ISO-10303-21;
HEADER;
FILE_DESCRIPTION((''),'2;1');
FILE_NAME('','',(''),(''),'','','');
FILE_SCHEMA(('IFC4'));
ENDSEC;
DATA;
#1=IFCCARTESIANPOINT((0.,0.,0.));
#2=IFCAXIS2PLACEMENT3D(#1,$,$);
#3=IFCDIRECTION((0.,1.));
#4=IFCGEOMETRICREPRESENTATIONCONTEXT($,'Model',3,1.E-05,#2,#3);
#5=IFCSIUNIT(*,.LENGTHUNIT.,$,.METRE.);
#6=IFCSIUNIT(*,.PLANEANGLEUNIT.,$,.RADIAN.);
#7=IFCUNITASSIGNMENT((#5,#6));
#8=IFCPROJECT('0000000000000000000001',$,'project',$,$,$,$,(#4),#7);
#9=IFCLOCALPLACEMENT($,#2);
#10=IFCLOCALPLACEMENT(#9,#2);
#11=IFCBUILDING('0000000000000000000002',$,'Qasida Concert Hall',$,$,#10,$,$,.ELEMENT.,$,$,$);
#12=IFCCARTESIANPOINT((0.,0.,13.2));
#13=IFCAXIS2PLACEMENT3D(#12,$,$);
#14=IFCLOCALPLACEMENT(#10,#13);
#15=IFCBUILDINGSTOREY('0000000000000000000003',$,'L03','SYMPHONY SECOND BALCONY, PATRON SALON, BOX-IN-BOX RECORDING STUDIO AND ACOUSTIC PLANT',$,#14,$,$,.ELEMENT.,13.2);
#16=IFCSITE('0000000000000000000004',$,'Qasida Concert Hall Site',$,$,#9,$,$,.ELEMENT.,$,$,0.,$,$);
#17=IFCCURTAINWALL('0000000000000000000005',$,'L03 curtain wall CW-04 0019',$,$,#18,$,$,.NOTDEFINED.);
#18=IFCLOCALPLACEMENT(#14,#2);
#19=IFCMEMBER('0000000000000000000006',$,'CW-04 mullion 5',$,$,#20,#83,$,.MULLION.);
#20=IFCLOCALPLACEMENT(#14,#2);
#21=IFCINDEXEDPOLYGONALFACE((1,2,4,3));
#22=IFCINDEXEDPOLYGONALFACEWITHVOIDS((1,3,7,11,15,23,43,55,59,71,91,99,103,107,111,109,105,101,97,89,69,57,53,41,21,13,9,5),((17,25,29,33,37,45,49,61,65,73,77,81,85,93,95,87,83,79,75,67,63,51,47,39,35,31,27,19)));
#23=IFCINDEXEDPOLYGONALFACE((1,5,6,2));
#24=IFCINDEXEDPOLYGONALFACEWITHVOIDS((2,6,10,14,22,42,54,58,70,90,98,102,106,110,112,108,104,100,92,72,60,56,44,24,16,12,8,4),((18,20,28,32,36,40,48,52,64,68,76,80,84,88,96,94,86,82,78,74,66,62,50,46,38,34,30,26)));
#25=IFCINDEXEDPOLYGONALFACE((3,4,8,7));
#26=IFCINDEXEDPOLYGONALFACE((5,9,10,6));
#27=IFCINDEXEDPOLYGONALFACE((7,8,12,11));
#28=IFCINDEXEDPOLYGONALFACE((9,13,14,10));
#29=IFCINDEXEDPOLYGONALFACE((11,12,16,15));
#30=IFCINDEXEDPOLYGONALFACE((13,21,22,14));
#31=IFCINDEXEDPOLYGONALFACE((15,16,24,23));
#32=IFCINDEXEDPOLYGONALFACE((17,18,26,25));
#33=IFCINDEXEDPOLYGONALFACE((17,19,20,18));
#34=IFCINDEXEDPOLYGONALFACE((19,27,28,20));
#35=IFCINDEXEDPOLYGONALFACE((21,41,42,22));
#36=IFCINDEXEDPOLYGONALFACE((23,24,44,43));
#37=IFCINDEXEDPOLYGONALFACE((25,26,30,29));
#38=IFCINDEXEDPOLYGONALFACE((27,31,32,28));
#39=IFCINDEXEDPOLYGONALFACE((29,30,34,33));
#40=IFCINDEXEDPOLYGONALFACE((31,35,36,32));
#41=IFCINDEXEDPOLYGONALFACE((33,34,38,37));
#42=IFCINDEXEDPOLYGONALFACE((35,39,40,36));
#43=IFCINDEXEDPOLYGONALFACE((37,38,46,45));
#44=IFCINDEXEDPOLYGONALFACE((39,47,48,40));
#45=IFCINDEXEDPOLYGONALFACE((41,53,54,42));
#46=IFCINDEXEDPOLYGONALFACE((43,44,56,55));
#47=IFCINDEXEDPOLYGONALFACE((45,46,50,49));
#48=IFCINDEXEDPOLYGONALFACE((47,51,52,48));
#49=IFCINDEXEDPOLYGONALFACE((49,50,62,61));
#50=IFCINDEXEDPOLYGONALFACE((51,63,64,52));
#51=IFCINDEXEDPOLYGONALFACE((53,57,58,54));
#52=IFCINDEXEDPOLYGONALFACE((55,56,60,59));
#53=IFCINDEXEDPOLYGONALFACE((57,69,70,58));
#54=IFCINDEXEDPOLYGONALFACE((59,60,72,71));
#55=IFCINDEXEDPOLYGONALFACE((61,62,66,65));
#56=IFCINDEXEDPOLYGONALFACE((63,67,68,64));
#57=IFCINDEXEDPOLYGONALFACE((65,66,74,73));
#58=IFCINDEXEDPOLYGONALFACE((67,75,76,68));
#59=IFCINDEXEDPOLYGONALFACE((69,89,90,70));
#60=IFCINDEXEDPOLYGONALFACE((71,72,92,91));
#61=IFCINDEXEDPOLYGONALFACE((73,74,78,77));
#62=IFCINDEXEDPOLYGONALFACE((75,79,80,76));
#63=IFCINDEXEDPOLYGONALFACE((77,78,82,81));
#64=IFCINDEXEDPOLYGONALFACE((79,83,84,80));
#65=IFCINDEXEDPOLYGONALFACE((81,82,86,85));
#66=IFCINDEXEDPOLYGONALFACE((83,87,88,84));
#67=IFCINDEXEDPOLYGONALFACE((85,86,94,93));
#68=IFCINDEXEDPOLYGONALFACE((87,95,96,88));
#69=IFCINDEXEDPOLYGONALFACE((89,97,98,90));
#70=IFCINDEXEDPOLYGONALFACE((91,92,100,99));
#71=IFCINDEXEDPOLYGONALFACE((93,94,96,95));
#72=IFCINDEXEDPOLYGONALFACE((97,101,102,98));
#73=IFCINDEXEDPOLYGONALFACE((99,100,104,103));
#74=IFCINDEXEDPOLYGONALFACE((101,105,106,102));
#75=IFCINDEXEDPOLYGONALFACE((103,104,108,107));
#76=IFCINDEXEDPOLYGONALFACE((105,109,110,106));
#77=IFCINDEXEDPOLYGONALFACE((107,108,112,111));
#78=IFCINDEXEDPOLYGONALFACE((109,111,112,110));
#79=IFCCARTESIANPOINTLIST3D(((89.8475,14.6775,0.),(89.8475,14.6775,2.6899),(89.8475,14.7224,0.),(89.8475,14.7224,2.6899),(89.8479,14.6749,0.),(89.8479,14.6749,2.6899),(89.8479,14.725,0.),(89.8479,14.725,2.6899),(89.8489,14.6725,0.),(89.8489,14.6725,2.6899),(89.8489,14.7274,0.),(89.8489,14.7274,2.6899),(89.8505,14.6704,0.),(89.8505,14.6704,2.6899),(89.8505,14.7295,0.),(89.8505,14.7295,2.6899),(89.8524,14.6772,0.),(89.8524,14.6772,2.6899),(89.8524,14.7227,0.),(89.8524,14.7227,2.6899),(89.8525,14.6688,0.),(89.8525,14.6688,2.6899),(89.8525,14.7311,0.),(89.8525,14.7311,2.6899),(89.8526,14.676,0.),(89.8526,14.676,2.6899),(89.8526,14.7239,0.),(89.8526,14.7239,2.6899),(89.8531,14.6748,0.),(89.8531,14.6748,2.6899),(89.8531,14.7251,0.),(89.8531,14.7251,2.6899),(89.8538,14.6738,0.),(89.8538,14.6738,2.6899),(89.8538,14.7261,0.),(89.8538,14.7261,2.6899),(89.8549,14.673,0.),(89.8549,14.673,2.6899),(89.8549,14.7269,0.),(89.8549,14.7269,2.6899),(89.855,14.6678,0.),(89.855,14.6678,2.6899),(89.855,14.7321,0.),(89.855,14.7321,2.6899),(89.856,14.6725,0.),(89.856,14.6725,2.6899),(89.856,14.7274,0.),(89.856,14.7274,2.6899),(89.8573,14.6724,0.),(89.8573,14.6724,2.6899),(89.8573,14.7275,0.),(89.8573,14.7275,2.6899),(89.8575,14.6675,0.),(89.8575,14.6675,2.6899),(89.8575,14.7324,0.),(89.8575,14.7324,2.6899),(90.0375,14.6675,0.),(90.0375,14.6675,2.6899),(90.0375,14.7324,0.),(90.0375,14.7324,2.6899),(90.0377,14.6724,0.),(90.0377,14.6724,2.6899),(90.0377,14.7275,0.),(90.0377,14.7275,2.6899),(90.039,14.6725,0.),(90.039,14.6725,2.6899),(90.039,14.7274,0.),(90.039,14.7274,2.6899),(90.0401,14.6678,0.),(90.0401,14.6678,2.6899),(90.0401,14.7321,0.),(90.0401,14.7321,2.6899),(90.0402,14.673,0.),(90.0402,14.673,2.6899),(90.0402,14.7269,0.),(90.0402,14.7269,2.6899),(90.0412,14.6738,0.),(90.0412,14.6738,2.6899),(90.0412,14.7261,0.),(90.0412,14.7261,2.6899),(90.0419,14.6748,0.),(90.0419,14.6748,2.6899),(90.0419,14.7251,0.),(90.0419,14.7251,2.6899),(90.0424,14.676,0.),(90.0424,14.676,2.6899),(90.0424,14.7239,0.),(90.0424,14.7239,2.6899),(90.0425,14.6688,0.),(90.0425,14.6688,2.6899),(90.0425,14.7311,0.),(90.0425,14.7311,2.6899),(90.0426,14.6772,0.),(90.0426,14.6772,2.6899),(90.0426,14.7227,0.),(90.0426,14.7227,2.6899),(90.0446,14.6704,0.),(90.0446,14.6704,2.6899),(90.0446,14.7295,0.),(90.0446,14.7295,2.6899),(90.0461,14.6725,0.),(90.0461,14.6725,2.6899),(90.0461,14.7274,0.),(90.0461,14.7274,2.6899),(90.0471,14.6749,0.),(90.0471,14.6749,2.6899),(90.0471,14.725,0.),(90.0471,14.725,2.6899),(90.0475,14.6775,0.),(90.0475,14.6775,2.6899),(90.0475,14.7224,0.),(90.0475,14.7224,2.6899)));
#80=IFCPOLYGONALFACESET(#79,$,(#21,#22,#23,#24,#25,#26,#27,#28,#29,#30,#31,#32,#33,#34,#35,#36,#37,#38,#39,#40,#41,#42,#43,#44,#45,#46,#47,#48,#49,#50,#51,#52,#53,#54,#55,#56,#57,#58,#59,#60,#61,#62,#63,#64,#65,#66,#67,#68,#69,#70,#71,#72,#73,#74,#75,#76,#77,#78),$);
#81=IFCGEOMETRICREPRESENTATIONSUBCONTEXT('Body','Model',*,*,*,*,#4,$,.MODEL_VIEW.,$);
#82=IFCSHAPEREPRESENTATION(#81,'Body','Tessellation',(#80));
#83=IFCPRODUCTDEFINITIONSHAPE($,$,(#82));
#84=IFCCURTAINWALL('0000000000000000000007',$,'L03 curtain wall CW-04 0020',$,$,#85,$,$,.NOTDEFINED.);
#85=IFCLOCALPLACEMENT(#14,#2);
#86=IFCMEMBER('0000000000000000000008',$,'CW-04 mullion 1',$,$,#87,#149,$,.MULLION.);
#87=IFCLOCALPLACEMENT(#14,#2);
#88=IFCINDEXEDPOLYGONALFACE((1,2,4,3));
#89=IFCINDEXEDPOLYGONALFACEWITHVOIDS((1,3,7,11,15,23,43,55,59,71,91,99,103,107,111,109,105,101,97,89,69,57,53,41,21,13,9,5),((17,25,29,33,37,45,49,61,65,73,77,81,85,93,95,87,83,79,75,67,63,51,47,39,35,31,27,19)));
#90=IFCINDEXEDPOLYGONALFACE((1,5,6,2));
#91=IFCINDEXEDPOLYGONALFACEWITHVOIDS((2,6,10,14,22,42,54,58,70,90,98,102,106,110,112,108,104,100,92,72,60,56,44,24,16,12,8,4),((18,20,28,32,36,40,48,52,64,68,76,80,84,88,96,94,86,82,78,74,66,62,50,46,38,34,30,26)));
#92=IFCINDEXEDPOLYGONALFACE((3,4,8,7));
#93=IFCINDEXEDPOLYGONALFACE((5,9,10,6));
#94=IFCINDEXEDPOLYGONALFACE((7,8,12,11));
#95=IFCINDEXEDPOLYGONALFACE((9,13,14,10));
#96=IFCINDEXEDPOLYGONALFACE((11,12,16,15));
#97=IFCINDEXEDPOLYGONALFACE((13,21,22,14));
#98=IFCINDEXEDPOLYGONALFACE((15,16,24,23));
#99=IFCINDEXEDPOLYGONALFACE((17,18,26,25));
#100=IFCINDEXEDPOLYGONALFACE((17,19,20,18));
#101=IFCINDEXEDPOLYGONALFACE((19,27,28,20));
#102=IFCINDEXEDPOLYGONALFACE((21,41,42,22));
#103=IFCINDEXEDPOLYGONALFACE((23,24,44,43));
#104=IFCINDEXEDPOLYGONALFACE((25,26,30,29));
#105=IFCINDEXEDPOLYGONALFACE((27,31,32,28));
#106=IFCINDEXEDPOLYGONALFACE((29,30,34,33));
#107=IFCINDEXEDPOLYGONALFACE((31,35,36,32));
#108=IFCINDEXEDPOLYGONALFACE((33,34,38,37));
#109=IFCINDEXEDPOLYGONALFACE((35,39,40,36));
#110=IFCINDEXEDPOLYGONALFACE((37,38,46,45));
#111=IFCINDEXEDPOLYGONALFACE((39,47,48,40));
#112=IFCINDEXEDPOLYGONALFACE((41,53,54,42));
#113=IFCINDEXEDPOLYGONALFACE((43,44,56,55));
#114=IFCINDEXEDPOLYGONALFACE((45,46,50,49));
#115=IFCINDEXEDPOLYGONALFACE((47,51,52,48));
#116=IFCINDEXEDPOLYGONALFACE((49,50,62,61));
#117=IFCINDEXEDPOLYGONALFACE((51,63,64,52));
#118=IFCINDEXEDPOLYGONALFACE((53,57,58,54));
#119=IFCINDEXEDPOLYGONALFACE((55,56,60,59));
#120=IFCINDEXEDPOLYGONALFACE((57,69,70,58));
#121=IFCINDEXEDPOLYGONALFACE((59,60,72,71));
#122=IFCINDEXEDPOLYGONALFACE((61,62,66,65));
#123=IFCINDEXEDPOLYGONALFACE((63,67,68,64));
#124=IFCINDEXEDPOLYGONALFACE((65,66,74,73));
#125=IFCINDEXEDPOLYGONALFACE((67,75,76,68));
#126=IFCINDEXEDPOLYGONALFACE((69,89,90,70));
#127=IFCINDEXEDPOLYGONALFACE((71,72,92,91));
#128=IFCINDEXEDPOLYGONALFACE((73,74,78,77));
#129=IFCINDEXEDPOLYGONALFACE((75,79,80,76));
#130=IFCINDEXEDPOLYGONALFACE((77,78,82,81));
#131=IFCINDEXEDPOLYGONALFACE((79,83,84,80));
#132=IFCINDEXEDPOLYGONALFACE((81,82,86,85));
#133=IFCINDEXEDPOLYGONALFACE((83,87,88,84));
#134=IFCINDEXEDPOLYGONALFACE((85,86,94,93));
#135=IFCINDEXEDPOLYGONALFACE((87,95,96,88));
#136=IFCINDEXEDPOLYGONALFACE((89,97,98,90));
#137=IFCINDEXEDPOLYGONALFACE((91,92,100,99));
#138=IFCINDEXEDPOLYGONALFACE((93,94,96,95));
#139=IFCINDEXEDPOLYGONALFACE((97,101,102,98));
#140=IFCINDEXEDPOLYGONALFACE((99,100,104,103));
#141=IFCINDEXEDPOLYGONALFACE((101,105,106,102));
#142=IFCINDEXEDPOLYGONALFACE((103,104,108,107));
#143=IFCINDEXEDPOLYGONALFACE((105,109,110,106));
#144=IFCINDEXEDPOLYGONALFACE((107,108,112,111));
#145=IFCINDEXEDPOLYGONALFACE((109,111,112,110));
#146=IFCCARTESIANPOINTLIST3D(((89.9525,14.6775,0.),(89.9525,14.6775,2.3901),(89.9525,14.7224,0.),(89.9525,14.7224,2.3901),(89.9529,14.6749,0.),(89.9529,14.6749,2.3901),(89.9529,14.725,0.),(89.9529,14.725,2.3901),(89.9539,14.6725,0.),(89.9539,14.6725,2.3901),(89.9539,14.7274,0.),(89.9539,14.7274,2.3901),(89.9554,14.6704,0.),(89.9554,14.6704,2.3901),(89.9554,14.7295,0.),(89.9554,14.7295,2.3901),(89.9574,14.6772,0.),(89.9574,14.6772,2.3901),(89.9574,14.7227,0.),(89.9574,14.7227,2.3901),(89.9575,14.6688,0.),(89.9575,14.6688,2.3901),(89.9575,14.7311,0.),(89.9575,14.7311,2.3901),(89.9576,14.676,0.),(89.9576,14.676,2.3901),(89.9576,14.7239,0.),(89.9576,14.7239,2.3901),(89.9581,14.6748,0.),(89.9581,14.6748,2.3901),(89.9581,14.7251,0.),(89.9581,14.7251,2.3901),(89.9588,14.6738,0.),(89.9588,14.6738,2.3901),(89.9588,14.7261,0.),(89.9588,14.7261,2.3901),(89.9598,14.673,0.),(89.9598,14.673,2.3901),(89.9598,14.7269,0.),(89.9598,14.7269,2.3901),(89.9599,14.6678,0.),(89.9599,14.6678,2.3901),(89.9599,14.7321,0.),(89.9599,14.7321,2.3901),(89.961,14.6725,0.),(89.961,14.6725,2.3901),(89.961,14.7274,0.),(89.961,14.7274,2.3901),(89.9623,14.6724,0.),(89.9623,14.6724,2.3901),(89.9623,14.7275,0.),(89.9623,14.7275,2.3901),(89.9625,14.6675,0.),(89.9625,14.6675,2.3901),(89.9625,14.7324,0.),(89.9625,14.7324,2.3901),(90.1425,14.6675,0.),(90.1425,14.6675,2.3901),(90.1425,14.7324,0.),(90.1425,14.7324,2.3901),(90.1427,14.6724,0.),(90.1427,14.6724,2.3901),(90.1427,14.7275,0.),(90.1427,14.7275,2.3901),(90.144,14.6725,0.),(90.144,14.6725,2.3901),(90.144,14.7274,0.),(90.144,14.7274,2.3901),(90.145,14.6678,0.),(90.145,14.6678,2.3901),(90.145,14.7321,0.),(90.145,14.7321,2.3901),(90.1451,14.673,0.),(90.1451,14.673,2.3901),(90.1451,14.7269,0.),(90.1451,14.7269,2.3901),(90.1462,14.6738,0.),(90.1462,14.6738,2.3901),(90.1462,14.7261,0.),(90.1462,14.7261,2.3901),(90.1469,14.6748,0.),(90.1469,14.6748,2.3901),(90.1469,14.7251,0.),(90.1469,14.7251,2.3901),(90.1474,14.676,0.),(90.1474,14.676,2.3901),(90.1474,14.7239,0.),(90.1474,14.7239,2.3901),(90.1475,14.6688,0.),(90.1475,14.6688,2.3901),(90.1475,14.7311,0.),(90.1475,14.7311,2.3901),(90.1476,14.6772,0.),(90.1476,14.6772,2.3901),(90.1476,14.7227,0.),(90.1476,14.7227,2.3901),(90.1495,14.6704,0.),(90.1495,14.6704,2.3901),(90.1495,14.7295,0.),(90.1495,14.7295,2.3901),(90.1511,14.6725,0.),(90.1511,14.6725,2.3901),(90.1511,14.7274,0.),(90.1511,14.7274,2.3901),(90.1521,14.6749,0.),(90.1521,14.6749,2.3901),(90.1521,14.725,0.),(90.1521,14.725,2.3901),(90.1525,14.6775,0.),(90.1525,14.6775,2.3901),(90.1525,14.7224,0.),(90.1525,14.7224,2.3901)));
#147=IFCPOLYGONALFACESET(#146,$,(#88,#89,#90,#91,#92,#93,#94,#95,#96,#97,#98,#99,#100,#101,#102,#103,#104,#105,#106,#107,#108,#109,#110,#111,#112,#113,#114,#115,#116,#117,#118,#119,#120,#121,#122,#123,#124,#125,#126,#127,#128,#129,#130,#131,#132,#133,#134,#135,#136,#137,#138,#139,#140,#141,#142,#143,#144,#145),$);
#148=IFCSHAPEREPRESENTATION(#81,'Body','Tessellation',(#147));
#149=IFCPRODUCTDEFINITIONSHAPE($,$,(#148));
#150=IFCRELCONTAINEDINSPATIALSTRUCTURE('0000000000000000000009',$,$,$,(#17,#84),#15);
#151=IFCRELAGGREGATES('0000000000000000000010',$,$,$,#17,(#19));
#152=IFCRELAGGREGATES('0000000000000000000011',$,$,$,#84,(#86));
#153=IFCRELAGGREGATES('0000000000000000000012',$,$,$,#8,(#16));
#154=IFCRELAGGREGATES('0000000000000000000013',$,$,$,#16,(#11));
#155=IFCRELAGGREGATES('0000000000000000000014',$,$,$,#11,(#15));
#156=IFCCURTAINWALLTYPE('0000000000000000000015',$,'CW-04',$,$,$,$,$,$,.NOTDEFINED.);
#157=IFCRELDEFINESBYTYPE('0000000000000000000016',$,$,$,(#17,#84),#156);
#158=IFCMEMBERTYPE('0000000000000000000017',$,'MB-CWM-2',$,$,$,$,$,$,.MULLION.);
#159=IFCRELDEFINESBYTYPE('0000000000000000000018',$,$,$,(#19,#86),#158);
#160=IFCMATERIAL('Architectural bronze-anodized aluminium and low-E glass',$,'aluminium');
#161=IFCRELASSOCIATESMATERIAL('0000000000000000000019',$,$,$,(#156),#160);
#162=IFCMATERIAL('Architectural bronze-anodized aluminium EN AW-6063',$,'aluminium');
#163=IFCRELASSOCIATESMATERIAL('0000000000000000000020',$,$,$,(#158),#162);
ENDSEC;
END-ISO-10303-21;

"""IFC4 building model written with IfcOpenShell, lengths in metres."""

from ifc_helpers import new_model, si_unit, direction, frame, origin, origin_2d, place, context, subcontext, project, spatial, hollow_rectangle, extrude, material, material_profile, profile_set, type_object, element, aggregate, save


model = new_model("IFC4")

# Units and contexts
model_context = context("Model", 3, precision=1e-05, world=origin(), true_north=direction((0.0, 1.0)))
body_context = subcontext(model_context, "Body", "Model", "MODEL_VIEW")
ifc_project = project(units=[si_unit("LENGTHUNIT", "METRE"), si_unit("PLANEANGLEUNIT", "RADIAN")], contexts=[model_context])

# Site, building, storey
site_placement = place(None, origin())
site = spatial("IfcSite", under=ifc_project, at=site_placement, Name="Qasida Concert Hall Site", CompositionType="ELEMENT", RefElevation=0.0)
building_placement = place(site_placement, origin())
building = spatial("IfcBuilding", under=site, at=building_placement, Name="Qasida Concert Hall", CompositionType="ELEMENT")
storey_placement = place(building_placement, frame((0.0, 0.0, 13.2)))
storey = spatial("IfcBuildingStorey", under=building, at=storey_placement, Name="L03", Description="SYMPHONY SECOND BALCONY, PATRON SALON, BOX-IN-BOX RECORDING STUDIO AND ACOUSTIC PLANT", CompositionType="ELEMENT", Elevation=13.2)

# Curtain wall, member
ifc_material_1 = material(Name="Architectural bronze-anodized aluminium and low-E glass", Category="aluminium")
curtain_wall_type = type_object("IfcCurtainWallType", Name="CW-04", PredefinedType="NOTDEFINED", material=ifc_material_1)
curtain_wall_1_placement = place(storey_placement, origin())
curtain_wall_1 = element("IfcCurtainWall", 1, at=curtain_wall_1_placement, inside=storey, type_object=curtain_wall_type, Name="L03 curtain wall CW-04 0019", PredefinedType="NOTDEFINED")
ifc_material_2 = material(Name="Architectural bronze-anodized aluminium EN AW-6063", Category="aluminium")
ifc_material_profile_1 = material_profile(ifc_material_2, hollow_rectangle(XDim=0.0649, YDim=0.2, WallThickness=0.0049, InnerFilletRadius=0.0049, OuterFilletRadius=0.01, at=origin_2d()), Name="CWM 200x65x5")
ifc_profile_set_1 = profile_set([ifc_material_profile_1], Name="Architectural bronze-anodized aluminium EN AW-6063")
member_type_1 = type_object("IfcMemberType", Name="MB-CWM-2", PredefinedType="MULLION", material=ifc_profile_set_1)
member_1_placement = place(storey_placement, frame((89.9475, 14.7, 0.0), z_axis=(0.0, 0.0, 1.0), x_axis=(0.0, 1.0, 0.0)))
member_1 = element("IfcMember", 2, at=member_1_placement, type_object=member_type_1, Name="CW-04 mullion 5", PredefinedType="MULLION", context=body_context, shape_type="SweptSolid", body=[
    extrude(hollow_rectangle(XDim=0.0649, YDim=0.2, WallThickness=0.0049, InnerFilletRadius=0.0049, OuterFilletRadius=0.01, at=origin_2d()), origin(), (0.0, 0.0, 1.0), 2.6899),
])

# Curtain wall, member
curtain_wall_2_placement = place(storey_placement, origin())
curtain_wall_2 = element("IfcCurtainWall", 3, at=curtain_wall_2_placement, inside=storey, type_object=curtain_wall_type, Name="L03 curtain wall CW-04 0020", PredefinedType="NOTDEFINED")
member_2_placement = place(storey_placement, frame((90.0525, 14.7, 0.0), z_axis=(0.0, 0.0, 1.0), x_axis=(0.0, 1.0, 0.0)))
member_2 = element("IfcMember", 4, at=member_2_placement, type_object=member_type_1, Name="CW-04 mullion 1", PredefinedType="MULLION", context=body_context, shape_type="SweptSolid", body=[
    extrude(hollow_rectangle(XDim=0.0649, YDim=0.2, WallThickness=0.0049, InnerFilletRadius=0.0049, OuterFilletRadius=0.01, at=origin_2d()), origin(), (0.0, 0.0, 1.0), 2.3901),
])

aggregate(curtain_wall_1, [member_1])
aggregate(curtain_wall_2, [member_2])

save(model, "model.ifc")
